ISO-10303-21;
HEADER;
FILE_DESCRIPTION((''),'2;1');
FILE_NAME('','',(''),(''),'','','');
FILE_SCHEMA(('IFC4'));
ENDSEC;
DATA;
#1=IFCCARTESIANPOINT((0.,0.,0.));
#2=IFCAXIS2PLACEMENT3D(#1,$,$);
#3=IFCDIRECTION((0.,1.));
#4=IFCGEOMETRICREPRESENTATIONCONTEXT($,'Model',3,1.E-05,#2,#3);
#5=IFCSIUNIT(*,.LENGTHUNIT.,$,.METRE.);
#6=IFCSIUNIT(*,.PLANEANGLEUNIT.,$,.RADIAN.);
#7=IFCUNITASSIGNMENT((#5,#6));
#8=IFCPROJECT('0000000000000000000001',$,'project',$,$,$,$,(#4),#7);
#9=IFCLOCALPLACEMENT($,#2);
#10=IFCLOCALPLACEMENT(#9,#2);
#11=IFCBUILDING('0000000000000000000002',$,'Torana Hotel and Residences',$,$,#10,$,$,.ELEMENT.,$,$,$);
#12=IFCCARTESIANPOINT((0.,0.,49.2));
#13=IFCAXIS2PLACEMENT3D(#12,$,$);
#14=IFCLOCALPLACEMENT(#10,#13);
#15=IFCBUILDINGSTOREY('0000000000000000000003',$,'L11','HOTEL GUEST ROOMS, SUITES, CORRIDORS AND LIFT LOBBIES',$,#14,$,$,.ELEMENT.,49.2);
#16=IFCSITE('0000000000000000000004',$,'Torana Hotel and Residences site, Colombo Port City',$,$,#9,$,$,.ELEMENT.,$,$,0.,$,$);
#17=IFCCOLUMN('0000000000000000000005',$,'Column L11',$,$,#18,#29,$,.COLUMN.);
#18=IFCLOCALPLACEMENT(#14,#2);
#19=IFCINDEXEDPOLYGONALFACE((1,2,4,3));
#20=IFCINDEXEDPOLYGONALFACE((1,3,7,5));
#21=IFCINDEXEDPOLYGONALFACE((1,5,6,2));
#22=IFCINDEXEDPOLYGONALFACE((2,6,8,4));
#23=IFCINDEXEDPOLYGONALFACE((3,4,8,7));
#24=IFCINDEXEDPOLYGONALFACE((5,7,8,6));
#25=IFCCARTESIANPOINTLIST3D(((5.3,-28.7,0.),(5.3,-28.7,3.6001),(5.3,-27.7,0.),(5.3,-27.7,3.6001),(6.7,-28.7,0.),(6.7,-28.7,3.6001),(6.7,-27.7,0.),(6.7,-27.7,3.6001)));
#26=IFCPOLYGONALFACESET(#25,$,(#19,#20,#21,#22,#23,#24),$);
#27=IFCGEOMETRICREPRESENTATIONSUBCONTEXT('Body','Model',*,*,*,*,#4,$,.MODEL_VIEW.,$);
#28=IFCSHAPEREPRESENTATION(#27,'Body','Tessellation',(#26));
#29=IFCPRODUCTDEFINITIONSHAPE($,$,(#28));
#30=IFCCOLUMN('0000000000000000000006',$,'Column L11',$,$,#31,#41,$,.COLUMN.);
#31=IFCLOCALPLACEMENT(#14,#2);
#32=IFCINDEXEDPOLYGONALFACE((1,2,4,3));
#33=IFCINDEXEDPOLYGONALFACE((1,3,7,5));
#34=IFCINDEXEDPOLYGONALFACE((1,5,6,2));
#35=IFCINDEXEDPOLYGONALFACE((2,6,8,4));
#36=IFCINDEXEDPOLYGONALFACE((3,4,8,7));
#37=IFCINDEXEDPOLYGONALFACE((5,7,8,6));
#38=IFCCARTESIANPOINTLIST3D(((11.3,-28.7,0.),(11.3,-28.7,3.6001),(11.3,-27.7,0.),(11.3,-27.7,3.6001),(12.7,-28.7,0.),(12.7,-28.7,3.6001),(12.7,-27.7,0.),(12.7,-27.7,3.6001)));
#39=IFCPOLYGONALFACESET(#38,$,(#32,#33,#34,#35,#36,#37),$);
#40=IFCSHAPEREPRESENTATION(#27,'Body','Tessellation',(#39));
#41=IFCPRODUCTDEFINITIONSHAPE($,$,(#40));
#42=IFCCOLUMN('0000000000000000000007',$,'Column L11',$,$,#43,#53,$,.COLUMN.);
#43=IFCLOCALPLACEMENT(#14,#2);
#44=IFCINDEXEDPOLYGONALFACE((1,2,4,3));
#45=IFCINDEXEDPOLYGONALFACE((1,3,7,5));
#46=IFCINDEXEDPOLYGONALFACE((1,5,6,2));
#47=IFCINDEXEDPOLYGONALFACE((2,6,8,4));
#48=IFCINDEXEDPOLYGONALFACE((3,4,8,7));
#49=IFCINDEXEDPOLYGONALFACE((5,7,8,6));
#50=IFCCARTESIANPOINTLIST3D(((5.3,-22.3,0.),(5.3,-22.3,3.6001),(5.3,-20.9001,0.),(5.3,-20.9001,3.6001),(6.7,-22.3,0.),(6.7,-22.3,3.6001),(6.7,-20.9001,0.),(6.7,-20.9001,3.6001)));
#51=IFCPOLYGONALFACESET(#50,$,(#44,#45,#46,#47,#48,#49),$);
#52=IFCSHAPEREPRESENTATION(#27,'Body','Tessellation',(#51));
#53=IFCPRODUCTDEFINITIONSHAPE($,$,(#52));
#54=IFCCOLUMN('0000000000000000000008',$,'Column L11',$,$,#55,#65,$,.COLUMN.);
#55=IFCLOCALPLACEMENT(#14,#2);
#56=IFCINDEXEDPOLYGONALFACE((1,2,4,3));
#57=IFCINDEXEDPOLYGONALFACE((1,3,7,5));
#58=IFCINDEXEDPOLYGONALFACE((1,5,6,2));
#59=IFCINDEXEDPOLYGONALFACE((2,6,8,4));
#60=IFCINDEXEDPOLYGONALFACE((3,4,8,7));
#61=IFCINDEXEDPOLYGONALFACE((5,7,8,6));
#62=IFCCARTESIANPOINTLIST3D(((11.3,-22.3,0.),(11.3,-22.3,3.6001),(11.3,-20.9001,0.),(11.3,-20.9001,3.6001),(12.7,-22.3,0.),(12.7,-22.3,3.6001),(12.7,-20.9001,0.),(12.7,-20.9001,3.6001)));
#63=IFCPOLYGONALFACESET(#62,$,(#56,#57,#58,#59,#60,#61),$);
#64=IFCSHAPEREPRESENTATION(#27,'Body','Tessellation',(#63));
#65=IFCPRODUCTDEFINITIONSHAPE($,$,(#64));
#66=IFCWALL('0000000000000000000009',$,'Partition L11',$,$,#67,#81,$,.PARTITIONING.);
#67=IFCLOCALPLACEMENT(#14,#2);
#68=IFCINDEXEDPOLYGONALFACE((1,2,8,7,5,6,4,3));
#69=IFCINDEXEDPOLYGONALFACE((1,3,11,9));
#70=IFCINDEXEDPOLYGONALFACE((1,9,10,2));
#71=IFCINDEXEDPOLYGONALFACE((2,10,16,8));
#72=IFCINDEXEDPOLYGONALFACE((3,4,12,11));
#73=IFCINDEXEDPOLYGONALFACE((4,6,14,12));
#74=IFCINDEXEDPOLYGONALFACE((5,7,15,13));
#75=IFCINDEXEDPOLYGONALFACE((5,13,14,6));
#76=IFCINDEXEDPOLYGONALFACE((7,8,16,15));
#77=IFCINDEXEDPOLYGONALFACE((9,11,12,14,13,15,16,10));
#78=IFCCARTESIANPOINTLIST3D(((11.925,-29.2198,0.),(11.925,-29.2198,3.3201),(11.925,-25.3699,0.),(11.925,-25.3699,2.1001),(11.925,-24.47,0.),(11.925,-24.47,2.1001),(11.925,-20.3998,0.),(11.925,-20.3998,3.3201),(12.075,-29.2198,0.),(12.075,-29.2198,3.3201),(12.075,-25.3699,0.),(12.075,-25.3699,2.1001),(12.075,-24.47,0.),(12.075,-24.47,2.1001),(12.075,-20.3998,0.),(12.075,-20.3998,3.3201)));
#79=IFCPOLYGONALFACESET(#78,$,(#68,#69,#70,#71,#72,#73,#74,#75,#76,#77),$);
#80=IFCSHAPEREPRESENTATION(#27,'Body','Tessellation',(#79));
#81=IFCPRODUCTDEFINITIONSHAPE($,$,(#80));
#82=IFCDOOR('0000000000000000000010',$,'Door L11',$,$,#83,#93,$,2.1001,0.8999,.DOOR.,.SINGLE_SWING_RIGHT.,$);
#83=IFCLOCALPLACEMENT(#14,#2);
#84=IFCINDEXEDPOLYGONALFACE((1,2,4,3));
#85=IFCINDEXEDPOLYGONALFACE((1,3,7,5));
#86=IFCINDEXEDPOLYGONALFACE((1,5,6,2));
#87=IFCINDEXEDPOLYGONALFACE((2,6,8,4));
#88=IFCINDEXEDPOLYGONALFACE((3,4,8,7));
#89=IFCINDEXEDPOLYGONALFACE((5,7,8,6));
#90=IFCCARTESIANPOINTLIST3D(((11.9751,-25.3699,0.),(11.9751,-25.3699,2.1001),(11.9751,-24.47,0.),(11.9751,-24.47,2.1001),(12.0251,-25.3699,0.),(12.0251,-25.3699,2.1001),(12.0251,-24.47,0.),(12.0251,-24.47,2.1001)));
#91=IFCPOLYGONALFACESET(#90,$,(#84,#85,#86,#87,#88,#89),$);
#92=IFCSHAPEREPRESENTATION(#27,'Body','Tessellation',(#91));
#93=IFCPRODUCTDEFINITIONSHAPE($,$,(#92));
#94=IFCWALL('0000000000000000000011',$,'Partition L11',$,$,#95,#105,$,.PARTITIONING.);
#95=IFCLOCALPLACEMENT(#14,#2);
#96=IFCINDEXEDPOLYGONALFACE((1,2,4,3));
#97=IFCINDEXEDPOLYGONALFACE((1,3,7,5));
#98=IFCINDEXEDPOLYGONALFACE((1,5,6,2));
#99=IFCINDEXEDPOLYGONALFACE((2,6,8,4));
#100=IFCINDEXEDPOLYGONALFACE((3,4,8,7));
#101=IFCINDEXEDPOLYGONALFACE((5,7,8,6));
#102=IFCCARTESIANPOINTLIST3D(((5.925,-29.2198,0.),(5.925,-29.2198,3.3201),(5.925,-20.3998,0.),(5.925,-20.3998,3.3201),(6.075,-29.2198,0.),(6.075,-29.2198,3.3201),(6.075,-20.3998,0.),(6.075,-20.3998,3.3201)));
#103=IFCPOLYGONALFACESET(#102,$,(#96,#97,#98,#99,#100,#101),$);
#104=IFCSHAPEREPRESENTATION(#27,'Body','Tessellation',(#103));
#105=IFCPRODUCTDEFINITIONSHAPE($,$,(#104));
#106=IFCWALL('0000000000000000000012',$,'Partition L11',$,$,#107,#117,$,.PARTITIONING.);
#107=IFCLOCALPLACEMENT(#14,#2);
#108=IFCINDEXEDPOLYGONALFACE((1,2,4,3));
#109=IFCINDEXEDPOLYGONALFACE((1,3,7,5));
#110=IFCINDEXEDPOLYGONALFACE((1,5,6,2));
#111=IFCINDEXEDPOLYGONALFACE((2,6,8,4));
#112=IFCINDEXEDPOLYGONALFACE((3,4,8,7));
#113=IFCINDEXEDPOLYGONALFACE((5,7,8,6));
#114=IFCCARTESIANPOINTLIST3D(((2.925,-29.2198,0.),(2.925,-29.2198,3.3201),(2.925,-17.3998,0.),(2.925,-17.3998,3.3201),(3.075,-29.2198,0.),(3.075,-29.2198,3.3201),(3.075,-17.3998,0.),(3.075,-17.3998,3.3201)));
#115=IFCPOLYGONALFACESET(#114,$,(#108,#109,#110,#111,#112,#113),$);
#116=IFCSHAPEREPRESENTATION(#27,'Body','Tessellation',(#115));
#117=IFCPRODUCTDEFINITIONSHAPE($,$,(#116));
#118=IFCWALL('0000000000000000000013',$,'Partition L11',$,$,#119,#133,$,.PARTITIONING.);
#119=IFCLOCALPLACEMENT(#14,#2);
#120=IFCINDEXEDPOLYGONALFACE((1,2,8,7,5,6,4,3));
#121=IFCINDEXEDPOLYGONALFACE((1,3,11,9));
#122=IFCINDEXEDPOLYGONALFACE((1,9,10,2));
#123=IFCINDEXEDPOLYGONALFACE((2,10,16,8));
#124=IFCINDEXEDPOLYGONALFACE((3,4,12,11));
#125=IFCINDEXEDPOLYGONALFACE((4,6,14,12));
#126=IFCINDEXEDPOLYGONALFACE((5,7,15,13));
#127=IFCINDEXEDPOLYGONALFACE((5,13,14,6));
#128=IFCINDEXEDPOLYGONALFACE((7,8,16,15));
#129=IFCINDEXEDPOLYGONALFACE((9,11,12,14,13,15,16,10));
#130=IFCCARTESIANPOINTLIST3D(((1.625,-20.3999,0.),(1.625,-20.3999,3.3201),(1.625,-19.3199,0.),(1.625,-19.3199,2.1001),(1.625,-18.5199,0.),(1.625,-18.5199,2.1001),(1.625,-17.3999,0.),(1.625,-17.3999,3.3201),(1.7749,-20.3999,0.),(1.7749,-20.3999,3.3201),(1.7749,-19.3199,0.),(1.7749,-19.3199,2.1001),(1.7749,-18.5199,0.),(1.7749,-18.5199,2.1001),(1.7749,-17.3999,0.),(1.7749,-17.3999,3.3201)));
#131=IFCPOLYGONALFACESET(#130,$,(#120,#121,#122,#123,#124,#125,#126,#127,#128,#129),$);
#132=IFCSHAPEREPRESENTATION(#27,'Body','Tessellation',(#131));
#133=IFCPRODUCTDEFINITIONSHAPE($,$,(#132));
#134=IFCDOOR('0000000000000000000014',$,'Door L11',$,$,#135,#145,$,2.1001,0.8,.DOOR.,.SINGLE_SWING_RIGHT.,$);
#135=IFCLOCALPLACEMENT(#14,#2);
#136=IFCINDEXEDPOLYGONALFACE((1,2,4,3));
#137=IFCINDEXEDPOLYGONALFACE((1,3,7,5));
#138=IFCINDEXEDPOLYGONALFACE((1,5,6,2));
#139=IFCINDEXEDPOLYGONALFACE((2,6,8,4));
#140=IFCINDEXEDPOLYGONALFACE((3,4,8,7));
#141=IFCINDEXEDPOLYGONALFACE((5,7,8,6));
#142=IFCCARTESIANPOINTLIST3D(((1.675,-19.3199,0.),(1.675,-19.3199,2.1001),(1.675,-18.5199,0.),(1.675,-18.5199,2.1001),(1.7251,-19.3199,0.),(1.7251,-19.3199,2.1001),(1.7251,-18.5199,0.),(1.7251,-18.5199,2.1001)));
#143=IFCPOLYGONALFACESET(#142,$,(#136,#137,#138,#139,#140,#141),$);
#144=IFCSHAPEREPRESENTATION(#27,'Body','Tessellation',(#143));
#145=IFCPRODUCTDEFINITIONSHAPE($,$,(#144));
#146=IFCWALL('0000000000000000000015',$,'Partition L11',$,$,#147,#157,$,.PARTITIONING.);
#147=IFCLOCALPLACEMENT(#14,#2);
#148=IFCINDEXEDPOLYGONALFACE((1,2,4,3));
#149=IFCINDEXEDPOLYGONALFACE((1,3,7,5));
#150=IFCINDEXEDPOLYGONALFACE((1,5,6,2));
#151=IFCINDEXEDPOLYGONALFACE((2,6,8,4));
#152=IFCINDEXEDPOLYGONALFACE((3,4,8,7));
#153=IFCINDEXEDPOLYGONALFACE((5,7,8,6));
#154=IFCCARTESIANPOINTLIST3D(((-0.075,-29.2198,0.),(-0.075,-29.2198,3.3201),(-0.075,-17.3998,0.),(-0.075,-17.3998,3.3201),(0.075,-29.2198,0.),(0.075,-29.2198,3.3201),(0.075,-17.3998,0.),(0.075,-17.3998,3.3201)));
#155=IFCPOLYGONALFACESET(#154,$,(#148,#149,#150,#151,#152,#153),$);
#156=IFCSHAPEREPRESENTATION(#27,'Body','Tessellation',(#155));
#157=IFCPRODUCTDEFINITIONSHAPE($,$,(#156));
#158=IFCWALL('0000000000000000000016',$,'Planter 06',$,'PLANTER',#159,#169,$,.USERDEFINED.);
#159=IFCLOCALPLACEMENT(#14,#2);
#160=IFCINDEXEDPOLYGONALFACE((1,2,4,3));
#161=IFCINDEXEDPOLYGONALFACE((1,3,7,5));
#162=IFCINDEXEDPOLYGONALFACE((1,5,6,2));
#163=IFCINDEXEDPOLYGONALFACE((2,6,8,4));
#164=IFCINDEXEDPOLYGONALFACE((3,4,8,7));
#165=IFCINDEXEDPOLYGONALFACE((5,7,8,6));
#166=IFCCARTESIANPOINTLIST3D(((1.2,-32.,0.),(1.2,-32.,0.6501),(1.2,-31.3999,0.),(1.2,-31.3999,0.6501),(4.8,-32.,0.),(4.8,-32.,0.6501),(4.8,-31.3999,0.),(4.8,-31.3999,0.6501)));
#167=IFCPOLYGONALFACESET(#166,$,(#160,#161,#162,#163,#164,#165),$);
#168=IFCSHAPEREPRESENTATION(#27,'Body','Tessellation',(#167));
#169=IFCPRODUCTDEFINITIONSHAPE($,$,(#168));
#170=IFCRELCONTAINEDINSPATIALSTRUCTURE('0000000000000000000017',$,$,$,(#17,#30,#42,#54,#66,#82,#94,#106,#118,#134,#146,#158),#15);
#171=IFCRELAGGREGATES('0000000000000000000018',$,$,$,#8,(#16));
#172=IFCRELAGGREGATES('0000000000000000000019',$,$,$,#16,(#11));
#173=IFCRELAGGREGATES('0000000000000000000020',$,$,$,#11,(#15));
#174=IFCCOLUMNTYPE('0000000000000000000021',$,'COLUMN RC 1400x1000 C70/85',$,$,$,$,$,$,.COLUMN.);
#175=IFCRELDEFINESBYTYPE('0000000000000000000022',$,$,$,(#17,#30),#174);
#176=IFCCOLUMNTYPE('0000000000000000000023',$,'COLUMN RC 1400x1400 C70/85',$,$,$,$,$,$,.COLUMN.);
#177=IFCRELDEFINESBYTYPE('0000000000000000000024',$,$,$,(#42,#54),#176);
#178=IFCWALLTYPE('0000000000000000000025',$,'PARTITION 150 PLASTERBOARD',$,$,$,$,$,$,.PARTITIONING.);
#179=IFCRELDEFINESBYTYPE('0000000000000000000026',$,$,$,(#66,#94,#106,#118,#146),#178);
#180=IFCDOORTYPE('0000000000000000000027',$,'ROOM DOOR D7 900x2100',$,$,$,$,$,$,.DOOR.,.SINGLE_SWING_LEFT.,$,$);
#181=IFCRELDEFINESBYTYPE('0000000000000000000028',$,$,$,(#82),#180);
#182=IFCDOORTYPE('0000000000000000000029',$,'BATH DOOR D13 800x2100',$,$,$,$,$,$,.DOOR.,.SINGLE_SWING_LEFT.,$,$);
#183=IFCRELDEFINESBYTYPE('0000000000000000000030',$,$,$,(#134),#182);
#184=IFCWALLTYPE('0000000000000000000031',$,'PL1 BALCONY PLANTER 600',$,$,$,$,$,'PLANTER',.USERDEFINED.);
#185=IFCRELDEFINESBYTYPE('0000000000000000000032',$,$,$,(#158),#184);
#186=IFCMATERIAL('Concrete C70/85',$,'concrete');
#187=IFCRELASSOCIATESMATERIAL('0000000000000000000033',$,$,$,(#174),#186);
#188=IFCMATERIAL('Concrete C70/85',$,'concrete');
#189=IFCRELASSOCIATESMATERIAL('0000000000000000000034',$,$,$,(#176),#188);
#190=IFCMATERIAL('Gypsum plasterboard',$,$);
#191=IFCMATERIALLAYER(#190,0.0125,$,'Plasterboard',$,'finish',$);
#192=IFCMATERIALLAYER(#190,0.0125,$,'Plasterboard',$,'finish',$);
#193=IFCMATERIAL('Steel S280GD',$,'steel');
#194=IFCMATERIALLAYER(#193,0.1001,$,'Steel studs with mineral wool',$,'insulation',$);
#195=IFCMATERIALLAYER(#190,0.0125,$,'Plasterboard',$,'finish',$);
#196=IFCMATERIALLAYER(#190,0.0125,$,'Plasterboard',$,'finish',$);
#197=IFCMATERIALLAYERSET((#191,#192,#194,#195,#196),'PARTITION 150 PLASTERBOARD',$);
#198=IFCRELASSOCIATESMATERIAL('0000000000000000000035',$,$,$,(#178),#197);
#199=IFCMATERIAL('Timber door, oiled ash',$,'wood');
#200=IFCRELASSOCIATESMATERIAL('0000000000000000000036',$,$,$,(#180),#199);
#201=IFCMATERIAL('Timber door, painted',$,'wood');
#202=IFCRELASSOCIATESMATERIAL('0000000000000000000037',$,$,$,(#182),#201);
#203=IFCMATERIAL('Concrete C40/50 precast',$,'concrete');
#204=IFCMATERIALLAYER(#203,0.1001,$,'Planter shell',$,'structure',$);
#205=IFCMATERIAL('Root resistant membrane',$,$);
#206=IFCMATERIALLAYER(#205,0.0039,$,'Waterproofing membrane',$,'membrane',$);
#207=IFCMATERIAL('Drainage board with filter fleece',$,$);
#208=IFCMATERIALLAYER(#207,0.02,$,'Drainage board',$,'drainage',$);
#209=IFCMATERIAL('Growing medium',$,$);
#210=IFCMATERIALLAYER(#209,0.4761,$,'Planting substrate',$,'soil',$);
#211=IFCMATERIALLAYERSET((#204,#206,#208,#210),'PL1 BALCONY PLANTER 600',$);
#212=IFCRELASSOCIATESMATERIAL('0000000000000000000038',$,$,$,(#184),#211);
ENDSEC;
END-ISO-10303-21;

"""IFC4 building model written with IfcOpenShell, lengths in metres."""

from ifc_helpers import new_model, si_unit, direction, frame, frame_2d, origin, origin_2d, place, context, subcontext, project, spatial, rectangle, extrude, material, layer, layer_set, material_profile, profile_set, type_object, element, fill, save


model = new_model("IFC4")

# Units and contexts
model_context = context("Model", 3, precision=1e-05, world=origin(), true_north=direction((0.0, 1.0)))
body_context = subcontext(model_context, "Body", "Model", "MODEL_VIEW")
ifc_project = project(units=[si_unit("LENGTHUNIT", "METRE"), si_unit("PLANEANGLEUNIT", "RADIAN")], contexts=[model_context])

# Site, building, storey
site_placement = place(None, origin())
site = spatial("IfcSite", under=ifc_project, at=site_placement, Name="Torana Hotel and Residences site, Colombo Port City", CompositionType="ELEMENT", RefElevation=0.0)
building_placement = place(site_placement, origin())
building = spatial("IfcBuilding", under=site, at=building_placement, Name="Torana Hotel and Residences", CompositionType="ELEMENT")
storey_placement = place(building_placement, frame((0.0, 0.0, 49.2)))
storey = spatial("IfcBuildingStorey", under=building, at=storey_placement, Name="L11", Description="HOTEL GUEST ROOMS, SUITES, CORRIDORS AND LIFT LOBBIES", CompositionType="ELEMENT", Elevation=49.2)

# Columns
ifc_material_1 = material(Name="Concrete C70/85", Category="concrete")
ifc_material_profile_1 = material_profile(ifc_material_1, rectangle(XDim=1.3999, YDim=1.0, at=origin_2d()), Name="RC 1400x1000")
ifc_profile_set_1 = profile_set([ifc_material_profile_1], Name="Concrete C70/85")
column_type_1 = type_object("IfcColumnType", Name="COLUMN RC 1400x1000 C70/85", PredefinedType="COLUMN", material=ifc_profile_set_1)
for number, where, z_axis, x_axis, name in (
    (1, (6.0, -28.2, 0.0), (0.0, 0.0, 1.0), (1.0, 0.0, 0.0), "Column L11"),
    (2, (12.0, -28.2, 0.0), (0.0, 0.0, 1.0), (1.0, 0.0, 0.0), "Column L11"),
):
    element("IfcColumn", number, at=place(storey_placement, frame(where, z_axis=z_axis, x_axis=x_axis)), inside=storey, type_object=column_type_1, Name=name, PredefinedType="COLUMN", context=body_context, shape_type="SweptSolid", body=[
        extrude(rectangle(XDim=1.3999, YDim=1.0, at=origin_2d()), origin(), (0.0, 0.0, 1.0), 3.6001),
    ])
ifc_material_2 = material(Name="Concrete C70/85", Category="concrete")
ifc_material_profile_2 = material_profile(ifc_material_2, rectangle(XDim=1.3999, YDim=1.3999, at=origin_2d()), Name="RC 1400x1400")
ifc_profile_set_2 = profile_set([ifc_material_profile_2], Name="Concrete C70/85")
column_type_2 = type_object("IfcColumnType", Name="COLUMN RC 1400x1400 C70/85", PredefinedType="COLUMN", material=ifc_profile_set_2)
for number, where, z_axis, x_axis, name in (
    (3, (6.0, -21.6001, 0.0), (0.0, 0.0, 1.0), (1.0, 0.0, 0.0), "Column L11"),
    (4, (12.0, -21.6001, 0.0), (0.0, 0.0, 1.0), (1.0, 0.0, 0.0), "Column L11"),
):
    element("IfcColumn", number, at=place(storey_placement, frame(where, z_axis=z_axis, x_axis=x_axis)), inside=storey, type_object=column_type_2, Name=name, PredefinedType="COLUMN", context=body_context, shape_type="SweptSolid", body=[
        extrude(rectangle(XDim=1.3999, YDim=1.3999, at=origin_2d()), origin(), (0.0, 0.0, 1.0), 3.6001),
    ])

# Wall, opening, door
ifc_material_3 = material(Name="Gypsum plasterboard")
ifc_layer_1 = layer(ifc_material_3, 0.0125, Name="Plasterboard", Category="finish")
ifc_layer_2 = layer(ifc_material_3, 0.0125, Name="Plasterboard", Category="finish")
ifc_material_4 = material(Name="Steel S280GD", Category="steel")
ifc_layer_3 = layer(ifc_material_4, 0.1001, Name="Steel studs with mineral wool", Category="insulation")
ifc_layer_4 = layer(ifc_material_3, 0.0125, Name="Plasterboard", Category="finish")
ifc_layer_5 = layer(ifc_material_3, 0.0125, Name="Plasterboard", Category="finish")
ifc_layer_set_1 = layer_set([ifc_layer_1, ifc_layer_2, ifc_layer_3, ifc_layer_4, ifc_layer_5], Name="PARTITION 150 PLASTERBOARD")
wall_type_1 = type_object("IfcWallType", Name="PARTITION 150 PLASTERBOARD", PredefinedType="PARTITIONING", material=ifc_layer_set_1)
wall_1_placement = place(storey_placement, frame((12.0, -29.22, 0.0), z_axis=(0.0, 0.0, 1.0), x_axis=(0.0, 1.0, 0.0)))
wall_1 = element("IfcWall", 5, at=wall_1_placement, inside=storey, type_object=wall_type_1, Name="Partition L11", PredefinedType="PARTITIONING", context=body_context, shape_type="SweptSolid", body=[
    extrude(rectangle(XDim=8.8201, YDim=0.1499, at=frame_2d((4.4102, 0.0))), origin(), (0.0, 0.0, 1.0), 3.3201),
])
opening_1_placement = place(wall_1_placement, frame((3.8501, 0.0, 0.0)))
opening_1 = element("IfcOpeningElement", 6, at=opening_1_placement, cuts=wall_1, PredefinedType="OPENING", context=body_context, shape_type="SweptSolid", body=[
    extrude(rectangle(XDim=0.8999, YDim=2.1001, at=frame_2d((0.45, 1.05))), frame((0.0, 0.085, 0.0), z_axis=(0.0, -1.0, 0.0), x_axis=(1.0, 0.0, 0.0)), (0.0, 0.0, 1.0), 0.1699),
])
ifc_material_5 = material(Name="Timber door, oiled ash", Category="wood")
door_type_1 = type_object("IfcDoorType", Name="ROOM DOOR D7 900x2100", OperationType="SINGLE_SWING_LEFT", PredefinedType="DOOR", material=ifc_material_5)
door_1_placement = place(opening_1_placement, origin())
door_1 = element("IfcDoor", 7, at=door_1_placement, inside=storey, type_object=door_type_1, Name="Door L11", OperationType="SINGLE_SWING_RIGHT", OverallHeight=2.1001, OverallWidth=0.8999, PredefinedType="DOOR", context=body_context, shape_type="SweptSolid", body=[
    extrude(rectangle(XDim=0.8999, YDim=2.1001, at=frame_2d((0.45, 1.05))), frame((0.0, 0.0249, 0.0), z_axis=(0.0, -1.0, 0.0), x_axis=(1.0, 0.0, 0.0)), (0.0, 0.0, 1.0), 0.05),
])
fill(opening_1, door_1)

# Walls
wall_2_placement = place(storey_placement, frame((6.0, -29.22, 0.0), z_axis=(0.0, 0.0, 1.0), x_axis=(0.0, 1.0, 0.0)))
element("IfcWall", 8, at=wall_2_placement, inside=storey, type_object=wall_type_1, Name="Partition L11", PredefinedType="PARTITIONING", context=body_context, shape_type="SweptSolid", body=[
    extrude(rectangle(XDim=8.8201, YDim=0.1499, at=frame_2d((4.4102, 0.0))), origin(), (0.0, 0.0, 1.0), 3.3201),
])
wall_3_placement = place(storey_placement, frame((3.0, -29.22, 0.0), z_axis=(0.0, 0.0, 1.0), x_axis=(0.0, 1.0, 0.0)))
element("IfcWall", 9, at=wall_3_placement, inside=storey, type_object=wall_type_1, Name="Partition L11", PredefinedType="PARTITIONING", context=body_context, shape_type="SweptSolid", body=[
    extrude(rectangle(XDim=11.8201, YDim=0.1499, at=frame_2d((5.9102, 0.0))), origin(), (0.0, 0.0, 1.0), 3.3201),
])

# Wall, opening, door
wall_4_placement = place(storey_placement, frame((1.7, -20.3999, 0.0), z_axis=(0.0, 0.0, 1.0), x_axis=(0.0, 1.0, 0.0)))
wall_4 = element("IfcWall", 10, at=wall_4_placement, inside=storey, type_object=wall_type_1, Name="Partition L11", PredefinedType="PARTITIONING", context=body_context, shape_type="SweptSolid", body=[
    extrude(rectangle(XDim=3.0, YDim=0.1499, at=frame_2d((1.5, 0.0))), origin(), (0.0, 0.0, 1.0), 3.3201),
])
opening_2_placement = place(wall_4_placement, frame((1.0801, 0.0, 0.0)))
opening_2 = element("IfcOpeningElement", 11, at=opening_2_placement, cuts=wall_4, PredefinedType="OPENING", context=body_context, shape_type="SweptSolid", body=[
    extrude(rectangle(XDim=0.8, YDim=2.1001, at=frame_2d((0.3999, 1.05))), frame((0.0, 0.085, 0.0), z_axis=(0.0, -1.0, 0.0), x_axis=(1.0, 0.0, 0.0)), (0.0, 0.0, 1.0), 0.1699),
])
ifc_material_6 = material(Name="Timber door, painted", Category="wood")
door_type_2 = type_object("IfcDoorType", Name="BATH DOOR D13 800x2100", OperationType="SINGLE_SWING_LEFT", PredefinedType="DOOR", material=ifc_material_6)
door_2_placement = place(opening_2_placement, origin())
door_2 = element("IfcDoor", 12, at=door_2_placement, inside=storey, type_object=door_type_2, Name="Door L11", OperationType="SINGLE_SWING_RIGHT", OverallHeight=2.1001, OverallWidth=0.8, PredefinedType="DOOR", context=body_context, shape_type="SweptSolid", body=[
    extrude(rectangle(XDim=0.8, YDim=2.1001, at=frame_2d((0.3999, 1.05))), frame((0.0, 0.0249, 0.0), z_axis=(0.0, -1.0, 0.0), x_axis=(1.0, 0.0, 0.0)), (0.0, 0.0, 1.0), 0.05),
])
fill(opening_2, door_2)

# Walls
wall_5_placement = place(storey_placement, frame((0.0, -29.22, 0.0), z_axis=(0.0, 0.0, 1.0), x_axis=(0.0, 1.0, 0.0)))
element("IfcWall", 13, at=wall_5_placement, inside=storey, type_object=wall_type_1, Name="Partition L11", PredefinedType="PARTITIONING", context=body_context, shape_type="SweptSolid", body=[
    extrude(rectangle(XDim=11.8201, YDim=0.1499, at=frame_2d((5.9102, 0.0))), origin(), (0.0, 0.0, 1.0), 3.3201),
])
ifc_material_7 = material(Name="Concrete C40/50 precast", Category="concrete")
ifc_layer_6 = layer(ifc_material_7, 0.1001, Name="Planter shell", Category="structure")
ifc_material_8 = material(Name="Root resistant membrane")
ifc_layer_7 = layer(ifc_material_8, 0.0039, Name="Waterproofing membrane", Category="membrane")
ifc_material_9 = material(Name="Drainage board with filter fleece")
ifc_layer_8 = layer(ifc_material_9, 0.02, Name="Drainage board", Category="drainage")
ifc_material_10 = material(Name="Growing medium")
ifc_layer_9 = layer(ifc_material_10, 0.4761, Name="Planting substrate", Category="soil")
ifc_layer_set_2 = layer_set([ifc_layer_6, ifc_layer_7, ifc_layer_8, ifc_layer_9], Name="PL1 BALCONY PLANTER 600")
wall_type_2 = type_object("IfcWallType", Name="PL1 BALCONY PLANTER 600", ElementType="PLANTER", PredefinedType="USERDEFINED", material=ifc_layer_set_2)
for number, where, z_axis, x_axis, name in (
    (14, (4.8, -31.7, 0.0), (0.0, 0.0, 1.0), (-1.0, 0.0, 0.0), "Planter 06"),
):
    element("IfcWall", number, at=place(storey_placement, frame(where, z_axis=z_axis, x_axis=x_axis)), inside=storey, type_object=wall_type_2, Name=name, ObjectType="PLANTER", PredefinedType="USERDEFINED", context=body_context, shape_type="SweptSolid", body=[
        extrude(rectangle(XDim=3.6001, YDim=0.6001, at=frame_2d((1.8, 0.0))), origin(), (0.0, 0.0, 1.0), 0.6501),
    ])

save(model, "model.ifc")
